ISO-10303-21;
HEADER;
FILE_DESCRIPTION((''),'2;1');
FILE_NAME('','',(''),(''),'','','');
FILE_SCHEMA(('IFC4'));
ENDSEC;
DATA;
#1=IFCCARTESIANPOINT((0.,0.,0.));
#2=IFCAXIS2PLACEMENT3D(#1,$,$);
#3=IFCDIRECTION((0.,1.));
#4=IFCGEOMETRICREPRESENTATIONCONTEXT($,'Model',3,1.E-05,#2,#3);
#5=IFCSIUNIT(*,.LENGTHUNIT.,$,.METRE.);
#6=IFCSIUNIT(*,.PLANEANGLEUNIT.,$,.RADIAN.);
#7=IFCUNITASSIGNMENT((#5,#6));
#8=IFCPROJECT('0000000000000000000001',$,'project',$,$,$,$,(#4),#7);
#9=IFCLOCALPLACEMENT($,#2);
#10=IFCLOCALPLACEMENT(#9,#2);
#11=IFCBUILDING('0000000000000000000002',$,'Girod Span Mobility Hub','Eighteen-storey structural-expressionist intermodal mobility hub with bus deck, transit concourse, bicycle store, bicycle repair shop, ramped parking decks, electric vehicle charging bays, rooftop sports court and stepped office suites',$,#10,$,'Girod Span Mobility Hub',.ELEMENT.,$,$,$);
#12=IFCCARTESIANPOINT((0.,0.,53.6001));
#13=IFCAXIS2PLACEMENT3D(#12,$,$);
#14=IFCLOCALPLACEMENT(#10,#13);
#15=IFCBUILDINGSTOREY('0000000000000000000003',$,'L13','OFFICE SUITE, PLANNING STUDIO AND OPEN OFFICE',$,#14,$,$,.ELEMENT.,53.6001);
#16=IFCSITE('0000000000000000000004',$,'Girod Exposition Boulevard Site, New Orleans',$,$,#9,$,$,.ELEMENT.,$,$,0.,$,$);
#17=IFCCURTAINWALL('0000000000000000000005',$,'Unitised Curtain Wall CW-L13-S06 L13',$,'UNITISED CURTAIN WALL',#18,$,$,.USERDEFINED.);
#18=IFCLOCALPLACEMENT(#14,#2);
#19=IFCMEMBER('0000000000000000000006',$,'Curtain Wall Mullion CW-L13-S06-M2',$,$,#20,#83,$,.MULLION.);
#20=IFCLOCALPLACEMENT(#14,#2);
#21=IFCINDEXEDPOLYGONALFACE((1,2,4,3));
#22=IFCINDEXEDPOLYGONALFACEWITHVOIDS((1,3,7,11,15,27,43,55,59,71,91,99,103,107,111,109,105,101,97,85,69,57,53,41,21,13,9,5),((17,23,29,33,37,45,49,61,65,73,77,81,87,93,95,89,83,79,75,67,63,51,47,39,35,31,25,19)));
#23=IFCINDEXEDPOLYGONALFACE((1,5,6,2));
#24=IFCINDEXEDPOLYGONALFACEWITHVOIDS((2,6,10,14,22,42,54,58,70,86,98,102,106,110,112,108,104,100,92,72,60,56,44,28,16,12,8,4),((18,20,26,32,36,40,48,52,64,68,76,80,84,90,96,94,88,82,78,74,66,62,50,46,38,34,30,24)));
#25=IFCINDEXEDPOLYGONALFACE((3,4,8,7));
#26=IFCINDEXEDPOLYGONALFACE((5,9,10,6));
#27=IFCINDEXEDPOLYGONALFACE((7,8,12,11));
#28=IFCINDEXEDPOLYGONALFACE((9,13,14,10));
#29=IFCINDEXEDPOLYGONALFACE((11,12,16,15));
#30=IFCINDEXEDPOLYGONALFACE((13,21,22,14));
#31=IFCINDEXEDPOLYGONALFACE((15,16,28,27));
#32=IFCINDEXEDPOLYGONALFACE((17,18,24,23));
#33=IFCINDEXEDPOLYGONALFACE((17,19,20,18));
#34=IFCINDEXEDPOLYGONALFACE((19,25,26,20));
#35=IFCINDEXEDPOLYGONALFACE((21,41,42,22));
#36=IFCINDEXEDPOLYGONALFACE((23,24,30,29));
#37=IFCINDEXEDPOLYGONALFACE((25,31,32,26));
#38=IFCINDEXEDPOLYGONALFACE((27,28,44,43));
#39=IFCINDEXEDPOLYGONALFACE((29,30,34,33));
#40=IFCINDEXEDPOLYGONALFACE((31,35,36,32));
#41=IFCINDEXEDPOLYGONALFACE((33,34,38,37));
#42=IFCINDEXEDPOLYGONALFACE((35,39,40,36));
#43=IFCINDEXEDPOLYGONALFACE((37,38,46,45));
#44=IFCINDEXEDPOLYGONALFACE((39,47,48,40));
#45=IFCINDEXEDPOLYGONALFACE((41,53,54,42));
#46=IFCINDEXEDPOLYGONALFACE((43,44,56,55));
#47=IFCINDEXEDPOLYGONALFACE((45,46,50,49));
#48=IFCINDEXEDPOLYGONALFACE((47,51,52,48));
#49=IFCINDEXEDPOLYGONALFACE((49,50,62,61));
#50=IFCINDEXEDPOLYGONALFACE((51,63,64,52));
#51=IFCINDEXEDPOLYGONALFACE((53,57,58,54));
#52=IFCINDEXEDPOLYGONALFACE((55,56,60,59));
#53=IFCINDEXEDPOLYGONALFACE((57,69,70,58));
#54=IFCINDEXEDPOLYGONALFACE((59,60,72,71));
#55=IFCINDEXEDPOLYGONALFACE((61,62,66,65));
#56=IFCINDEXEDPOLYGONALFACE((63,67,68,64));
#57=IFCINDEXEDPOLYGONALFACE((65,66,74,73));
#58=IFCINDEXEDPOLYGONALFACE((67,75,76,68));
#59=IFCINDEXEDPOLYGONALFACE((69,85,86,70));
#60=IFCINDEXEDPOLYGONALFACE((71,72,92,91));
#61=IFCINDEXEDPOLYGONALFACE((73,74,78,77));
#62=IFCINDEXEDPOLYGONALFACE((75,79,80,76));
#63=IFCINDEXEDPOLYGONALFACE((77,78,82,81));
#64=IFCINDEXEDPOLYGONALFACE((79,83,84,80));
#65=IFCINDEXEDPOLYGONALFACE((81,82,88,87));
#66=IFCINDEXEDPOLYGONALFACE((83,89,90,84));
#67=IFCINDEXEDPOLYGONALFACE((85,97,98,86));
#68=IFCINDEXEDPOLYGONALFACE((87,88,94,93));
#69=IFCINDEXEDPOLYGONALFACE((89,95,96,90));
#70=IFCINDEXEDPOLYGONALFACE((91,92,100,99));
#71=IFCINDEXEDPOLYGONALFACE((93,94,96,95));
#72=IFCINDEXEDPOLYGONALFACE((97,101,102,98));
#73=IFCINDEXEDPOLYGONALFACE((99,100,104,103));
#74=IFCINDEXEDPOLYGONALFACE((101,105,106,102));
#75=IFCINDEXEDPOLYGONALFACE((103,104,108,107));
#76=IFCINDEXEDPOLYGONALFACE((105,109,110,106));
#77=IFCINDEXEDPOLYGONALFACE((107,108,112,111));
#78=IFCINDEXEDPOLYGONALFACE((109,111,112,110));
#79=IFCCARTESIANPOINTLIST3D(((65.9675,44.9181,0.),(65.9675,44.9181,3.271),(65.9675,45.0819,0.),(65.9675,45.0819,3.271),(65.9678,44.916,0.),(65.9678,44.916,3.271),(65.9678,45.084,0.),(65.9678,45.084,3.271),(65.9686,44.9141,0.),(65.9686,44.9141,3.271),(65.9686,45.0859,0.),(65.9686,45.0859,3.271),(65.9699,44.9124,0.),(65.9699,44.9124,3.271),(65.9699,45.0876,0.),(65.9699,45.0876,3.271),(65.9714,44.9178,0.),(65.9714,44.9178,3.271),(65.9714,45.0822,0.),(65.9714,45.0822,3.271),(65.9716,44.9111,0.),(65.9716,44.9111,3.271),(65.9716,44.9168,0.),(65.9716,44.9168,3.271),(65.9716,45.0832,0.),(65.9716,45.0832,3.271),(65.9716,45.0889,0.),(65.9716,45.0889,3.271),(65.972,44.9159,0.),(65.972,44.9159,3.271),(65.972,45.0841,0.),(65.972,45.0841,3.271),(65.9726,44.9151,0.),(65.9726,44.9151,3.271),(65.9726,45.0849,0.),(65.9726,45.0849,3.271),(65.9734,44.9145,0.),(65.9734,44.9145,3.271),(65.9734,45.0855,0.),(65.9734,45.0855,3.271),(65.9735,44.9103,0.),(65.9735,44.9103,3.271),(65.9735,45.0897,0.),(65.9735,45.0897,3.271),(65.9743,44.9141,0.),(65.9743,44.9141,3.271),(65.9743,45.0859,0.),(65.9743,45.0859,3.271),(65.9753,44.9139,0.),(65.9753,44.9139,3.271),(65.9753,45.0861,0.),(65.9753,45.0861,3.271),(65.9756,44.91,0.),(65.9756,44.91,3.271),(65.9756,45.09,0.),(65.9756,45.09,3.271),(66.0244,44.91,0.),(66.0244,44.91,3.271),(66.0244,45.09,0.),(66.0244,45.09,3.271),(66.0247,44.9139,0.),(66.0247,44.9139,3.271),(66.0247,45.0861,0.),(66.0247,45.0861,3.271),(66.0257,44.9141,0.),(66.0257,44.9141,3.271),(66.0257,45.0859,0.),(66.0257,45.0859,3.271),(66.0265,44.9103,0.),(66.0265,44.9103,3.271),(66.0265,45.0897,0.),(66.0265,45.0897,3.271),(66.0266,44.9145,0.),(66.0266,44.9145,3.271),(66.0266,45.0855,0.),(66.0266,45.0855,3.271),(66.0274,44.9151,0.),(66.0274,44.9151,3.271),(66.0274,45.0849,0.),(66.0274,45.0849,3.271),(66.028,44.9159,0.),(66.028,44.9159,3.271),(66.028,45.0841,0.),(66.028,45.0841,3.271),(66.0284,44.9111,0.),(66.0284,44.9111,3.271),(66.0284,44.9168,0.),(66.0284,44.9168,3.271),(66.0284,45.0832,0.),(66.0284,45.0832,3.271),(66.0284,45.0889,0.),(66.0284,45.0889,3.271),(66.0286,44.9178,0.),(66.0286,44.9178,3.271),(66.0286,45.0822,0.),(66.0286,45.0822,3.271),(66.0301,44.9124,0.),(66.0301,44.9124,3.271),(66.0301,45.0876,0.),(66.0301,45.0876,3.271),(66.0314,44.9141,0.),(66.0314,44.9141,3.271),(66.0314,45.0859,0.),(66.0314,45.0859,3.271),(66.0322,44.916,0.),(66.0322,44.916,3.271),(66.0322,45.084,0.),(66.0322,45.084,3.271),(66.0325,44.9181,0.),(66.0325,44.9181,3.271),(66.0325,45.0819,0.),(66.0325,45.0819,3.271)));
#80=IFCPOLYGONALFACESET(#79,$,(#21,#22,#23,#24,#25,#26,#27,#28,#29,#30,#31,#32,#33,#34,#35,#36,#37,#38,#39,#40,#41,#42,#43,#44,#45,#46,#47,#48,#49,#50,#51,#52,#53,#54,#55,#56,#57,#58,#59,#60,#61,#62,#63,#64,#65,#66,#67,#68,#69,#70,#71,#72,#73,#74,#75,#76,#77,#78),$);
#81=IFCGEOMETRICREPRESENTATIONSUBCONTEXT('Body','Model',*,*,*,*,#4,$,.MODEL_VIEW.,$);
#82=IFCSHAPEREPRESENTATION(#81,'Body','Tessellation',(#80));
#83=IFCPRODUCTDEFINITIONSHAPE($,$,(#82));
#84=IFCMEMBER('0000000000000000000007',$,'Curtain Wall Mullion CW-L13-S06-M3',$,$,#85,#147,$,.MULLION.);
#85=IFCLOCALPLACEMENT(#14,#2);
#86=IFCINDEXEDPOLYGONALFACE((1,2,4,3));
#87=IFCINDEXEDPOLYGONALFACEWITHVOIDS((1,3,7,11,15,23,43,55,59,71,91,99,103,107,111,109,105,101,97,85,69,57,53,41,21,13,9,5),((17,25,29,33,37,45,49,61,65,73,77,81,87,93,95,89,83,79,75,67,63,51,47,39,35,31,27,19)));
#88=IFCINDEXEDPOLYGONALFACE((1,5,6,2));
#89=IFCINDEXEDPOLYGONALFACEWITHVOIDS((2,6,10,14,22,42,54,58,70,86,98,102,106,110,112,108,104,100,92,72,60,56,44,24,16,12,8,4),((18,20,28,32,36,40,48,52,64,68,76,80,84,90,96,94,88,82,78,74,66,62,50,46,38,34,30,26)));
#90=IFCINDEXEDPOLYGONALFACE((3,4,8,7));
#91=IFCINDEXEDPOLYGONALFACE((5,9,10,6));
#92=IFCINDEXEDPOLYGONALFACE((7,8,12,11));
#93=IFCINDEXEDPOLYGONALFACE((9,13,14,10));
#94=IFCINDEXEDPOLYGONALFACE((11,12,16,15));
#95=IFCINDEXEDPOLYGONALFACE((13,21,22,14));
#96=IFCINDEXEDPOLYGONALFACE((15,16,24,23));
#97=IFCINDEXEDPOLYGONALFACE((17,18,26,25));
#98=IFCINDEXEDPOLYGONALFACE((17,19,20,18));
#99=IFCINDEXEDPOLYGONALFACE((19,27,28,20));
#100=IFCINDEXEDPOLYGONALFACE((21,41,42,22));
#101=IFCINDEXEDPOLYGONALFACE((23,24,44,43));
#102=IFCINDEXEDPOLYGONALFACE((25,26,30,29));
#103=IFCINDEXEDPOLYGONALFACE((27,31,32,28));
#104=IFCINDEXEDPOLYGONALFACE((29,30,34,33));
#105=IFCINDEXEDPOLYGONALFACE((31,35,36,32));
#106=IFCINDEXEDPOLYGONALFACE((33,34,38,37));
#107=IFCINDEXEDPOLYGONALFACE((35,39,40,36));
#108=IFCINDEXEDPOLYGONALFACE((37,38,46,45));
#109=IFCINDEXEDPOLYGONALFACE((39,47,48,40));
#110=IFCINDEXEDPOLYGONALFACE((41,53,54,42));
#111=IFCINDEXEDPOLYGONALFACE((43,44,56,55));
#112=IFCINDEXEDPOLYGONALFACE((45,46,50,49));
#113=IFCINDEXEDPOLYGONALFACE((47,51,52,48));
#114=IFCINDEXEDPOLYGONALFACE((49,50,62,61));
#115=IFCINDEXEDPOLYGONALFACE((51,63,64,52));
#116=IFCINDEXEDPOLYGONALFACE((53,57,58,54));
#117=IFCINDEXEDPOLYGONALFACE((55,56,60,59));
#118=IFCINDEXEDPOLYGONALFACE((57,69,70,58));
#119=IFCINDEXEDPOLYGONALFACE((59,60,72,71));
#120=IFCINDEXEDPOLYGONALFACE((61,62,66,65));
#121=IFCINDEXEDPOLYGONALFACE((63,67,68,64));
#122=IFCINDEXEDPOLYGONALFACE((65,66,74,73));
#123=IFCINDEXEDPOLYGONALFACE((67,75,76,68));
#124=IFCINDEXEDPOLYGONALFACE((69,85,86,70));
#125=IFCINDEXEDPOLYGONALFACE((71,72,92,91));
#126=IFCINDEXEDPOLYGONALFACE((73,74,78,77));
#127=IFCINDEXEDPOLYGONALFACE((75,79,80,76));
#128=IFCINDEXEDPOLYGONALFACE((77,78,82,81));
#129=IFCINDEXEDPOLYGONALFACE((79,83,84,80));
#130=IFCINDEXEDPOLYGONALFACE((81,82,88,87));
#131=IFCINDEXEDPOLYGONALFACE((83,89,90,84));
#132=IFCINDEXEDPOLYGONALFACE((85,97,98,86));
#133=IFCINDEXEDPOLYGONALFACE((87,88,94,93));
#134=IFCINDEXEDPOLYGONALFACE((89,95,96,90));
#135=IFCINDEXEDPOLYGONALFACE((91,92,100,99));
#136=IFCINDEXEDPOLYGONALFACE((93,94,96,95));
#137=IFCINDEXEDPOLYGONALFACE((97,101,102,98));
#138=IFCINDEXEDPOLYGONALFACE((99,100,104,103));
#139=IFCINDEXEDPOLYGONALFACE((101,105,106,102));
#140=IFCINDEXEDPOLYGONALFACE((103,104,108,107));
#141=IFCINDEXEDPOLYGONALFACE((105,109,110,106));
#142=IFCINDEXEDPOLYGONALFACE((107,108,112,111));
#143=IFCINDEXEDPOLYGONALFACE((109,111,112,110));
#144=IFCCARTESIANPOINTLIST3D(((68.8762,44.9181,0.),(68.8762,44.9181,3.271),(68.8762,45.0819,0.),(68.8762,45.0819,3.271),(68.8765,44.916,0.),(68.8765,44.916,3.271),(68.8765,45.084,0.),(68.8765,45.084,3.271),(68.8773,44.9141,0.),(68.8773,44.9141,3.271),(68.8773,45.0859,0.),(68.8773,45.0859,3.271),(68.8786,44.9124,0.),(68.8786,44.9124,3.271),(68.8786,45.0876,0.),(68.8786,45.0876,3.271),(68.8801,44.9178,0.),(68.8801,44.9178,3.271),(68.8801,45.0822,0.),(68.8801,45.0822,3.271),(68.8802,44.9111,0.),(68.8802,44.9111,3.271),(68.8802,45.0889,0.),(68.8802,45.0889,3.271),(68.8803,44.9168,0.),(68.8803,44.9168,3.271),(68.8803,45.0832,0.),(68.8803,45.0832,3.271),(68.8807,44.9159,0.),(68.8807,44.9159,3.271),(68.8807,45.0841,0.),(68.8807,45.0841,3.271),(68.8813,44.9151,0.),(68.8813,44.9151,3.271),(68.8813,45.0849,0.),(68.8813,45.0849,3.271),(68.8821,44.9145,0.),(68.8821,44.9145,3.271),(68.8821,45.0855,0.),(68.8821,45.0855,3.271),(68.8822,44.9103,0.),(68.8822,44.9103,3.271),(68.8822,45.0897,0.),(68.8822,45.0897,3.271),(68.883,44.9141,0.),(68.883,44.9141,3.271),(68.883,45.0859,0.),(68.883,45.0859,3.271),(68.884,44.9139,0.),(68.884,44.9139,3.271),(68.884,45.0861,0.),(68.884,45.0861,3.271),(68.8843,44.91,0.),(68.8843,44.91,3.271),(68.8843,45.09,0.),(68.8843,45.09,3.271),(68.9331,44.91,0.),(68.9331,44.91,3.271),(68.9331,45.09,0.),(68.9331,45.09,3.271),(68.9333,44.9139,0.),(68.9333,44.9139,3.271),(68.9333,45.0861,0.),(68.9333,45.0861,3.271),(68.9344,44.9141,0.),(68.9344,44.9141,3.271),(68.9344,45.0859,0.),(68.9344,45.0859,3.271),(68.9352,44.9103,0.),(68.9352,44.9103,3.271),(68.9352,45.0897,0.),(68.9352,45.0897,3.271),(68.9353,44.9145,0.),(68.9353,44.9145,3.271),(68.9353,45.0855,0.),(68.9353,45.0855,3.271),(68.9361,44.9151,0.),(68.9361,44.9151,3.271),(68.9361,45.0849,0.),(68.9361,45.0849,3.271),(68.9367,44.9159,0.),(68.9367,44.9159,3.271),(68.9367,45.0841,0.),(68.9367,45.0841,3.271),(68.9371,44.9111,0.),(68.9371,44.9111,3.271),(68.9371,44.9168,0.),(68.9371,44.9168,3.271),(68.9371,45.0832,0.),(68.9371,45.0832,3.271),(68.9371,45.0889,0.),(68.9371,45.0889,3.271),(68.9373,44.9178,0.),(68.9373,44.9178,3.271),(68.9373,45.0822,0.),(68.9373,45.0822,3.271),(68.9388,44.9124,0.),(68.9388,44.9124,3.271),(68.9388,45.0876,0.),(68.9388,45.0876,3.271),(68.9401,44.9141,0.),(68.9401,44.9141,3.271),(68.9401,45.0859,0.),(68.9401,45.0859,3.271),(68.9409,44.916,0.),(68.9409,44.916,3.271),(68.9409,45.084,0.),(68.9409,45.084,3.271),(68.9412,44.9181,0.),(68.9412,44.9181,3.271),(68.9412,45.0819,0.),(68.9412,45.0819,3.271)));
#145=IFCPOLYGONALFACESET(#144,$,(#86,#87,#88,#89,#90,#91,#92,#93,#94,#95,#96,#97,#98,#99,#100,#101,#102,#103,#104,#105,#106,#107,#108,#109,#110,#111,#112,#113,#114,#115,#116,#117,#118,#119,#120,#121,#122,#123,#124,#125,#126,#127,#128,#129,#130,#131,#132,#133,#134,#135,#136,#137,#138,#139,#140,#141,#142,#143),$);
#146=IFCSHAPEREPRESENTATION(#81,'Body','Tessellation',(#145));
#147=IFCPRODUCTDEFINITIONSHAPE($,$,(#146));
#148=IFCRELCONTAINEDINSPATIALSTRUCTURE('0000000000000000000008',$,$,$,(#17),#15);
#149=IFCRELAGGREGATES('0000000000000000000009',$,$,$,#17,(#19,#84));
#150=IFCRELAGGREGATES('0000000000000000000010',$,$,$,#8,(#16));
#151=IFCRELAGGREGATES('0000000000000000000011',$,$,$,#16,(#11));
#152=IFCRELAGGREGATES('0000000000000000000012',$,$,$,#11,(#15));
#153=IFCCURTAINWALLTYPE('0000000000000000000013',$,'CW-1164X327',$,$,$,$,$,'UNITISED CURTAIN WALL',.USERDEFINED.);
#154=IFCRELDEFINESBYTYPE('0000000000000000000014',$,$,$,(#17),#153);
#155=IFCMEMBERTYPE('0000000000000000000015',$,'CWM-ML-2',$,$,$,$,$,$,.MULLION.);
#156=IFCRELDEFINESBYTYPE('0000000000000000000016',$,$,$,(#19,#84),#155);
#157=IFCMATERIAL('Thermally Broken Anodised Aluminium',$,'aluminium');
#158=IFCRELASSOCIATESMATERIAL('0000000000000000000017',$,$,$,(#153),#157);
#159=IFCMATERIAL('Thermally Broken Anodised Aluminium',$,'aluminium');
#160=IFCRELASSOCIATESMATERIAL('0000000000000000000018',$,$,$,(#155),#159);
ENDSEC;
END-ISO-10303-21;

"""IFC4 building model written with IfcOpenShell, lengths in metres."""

from ifc_helpers import new_model, si_unit, direction, frame, origin, origin_2d, place, context, subcontext, project, spatial, hollow_rectangle, extrude, material, material_profile, profile_set, type_object, element, aggregate, save


model = new_model("IFC4")

# Units and contexts
model_context = context("Model", 3, precision=1e-05, world=origin(), true_north=direction((0.0, 1.0)))
body_context = subcontext(model_context, "Body", "Model", "MODEL_VIEW")
ifc_project = project(units=[si_unit("LENGTHUNIT", "METRE"), si_unit("PLANEANGLEUNIT", "RADIAN")], contexts=[model_context])

# Site, building, storey
site_placement = place(None, origin())
site = spatial("IfcSite", under=ifc_project, at=site_placement, Name="Girod Exposition Boulevard Site, New Orleans", CompositionType="ELEMENT", RefElevation=0.0)
building_placement = place(site_placement, origin())
building = spatial("IfcBuilding", under=site, at=building_placement, Name="Girod Span Mobility Hub", Description="Eighteen-storey structural-expressionist intermodal mobility hub with bus deck, transit concourse, bicycle store, bicycle repair shop, ramped parking decks, electric vehicle charging bays, rooftop sports court and stepped office suites", LongName="Girod Span Mobility Hub", CompositionType="ELEMENT")
storey_placement = place(building_placement, frame((0.0, 0.0, 53.6001)))
storey = spatial("IfcBuildingStorey", under=building, at=storey_placement, Name="L13", Description="OFFICE SUITE, PLANNING STUDIO AND OPEN OFFICE", CompositionType="ELEMENT", Elevation=53.6001)

# Curtain wall, members
ifc_material_1 = material(Name="Thermally Broken Anodised Aluminium", Category="aluminium")
curtain_wall_type = type_object("IfcCurtainWallType", Name="CW-1164X327", ElementType="UNITISED CURTAIN WALL", PredefinedType="USERDEFINED", material=ifc_material_1)
curtain_wall_placement = place(storey_placement, origin())
curtain_wall = element("IfcCurtainWall", 1, at=curtain_wall_placement, inside=storey, type_object=curtain_wall_type, Name="Unitised Curtain Wall CW-L13-S06 L13", ObjectType="UNITISED CURTAIN WALL", PredefinedType="USERDEFINED")
ifc_material_2 = material(Name="Thermally Broken Anodised Aluminium", Category="aluminium")
ifc_material_profile_1 = material_profile(ifc_material_2, hollow_rectangle(XDim=0.1799, YDim=0.0649, WallThickness=0.0039, InnerFilletRadius=0.0039, OuterFilletRadius=0.0081, at=origin_2d()), Name="CW-ML-65X180")
ifc_profile_set_1 = profile_set([ifc_material_profile_1], Name="Thermally Broken Anodised Aluminium")
member_type = type_object("IfcMemberType", Name="CWM-ML-2", PredefinedType="MULLION", material=ifc_profile_set_1)
member_1_placement = place(storey_placement, frame((66.0, 45.0, 0.0), z_axis=(0.0, 0.0, 1.0), x_axis=(0.0, 1.0, 0.0)))
member_1 = element("IfcMember", 2, at=member_1_placement, type_object=member_type, Name="Curtain Wall Mullion CW-L13-S06-M2", PredefinedType="MULLION", context=body_context, shape_type="SweptSolid", body=[
    extrude(hollow_rectangle(XDim=0.1799, YDim=0.0649, WallThickness=0.0039, InnerFilletRadius=0.0039, OuterFilletRadius=0.0081, at=origin_2d()), origin(), (0.0, 0.0, 1.0), 3.271),
])
member_2_placement = place(storey_placement, frame((68.9087, 45.0, 0.0), z_axis=(0.0, 0.0, 1.0), x_axis=(0.0, 1.0, 0.0)))
member_2 = element("IfcMember", 3, at=member_2_placement, type_object=member_type, Name="Curtain Wall Mullion CW-L13-S06-M3", PredefinedType="MULLION", context=body_context, shape_type="SweptSolid", body=[
    extrude(hollow_rectangle(XDim=0.1799, YDim=0.0649, WallThickness=0.0039, InnerFilletRadius=0.0039, OuterFilletRadius=0.0081, at=origin_2d()), origin(), (0.0, 0.0, 1.0), 3.271),
])
aggregate(curtain_wall, [member_1, member_2])

save(model, "model.ifc")
